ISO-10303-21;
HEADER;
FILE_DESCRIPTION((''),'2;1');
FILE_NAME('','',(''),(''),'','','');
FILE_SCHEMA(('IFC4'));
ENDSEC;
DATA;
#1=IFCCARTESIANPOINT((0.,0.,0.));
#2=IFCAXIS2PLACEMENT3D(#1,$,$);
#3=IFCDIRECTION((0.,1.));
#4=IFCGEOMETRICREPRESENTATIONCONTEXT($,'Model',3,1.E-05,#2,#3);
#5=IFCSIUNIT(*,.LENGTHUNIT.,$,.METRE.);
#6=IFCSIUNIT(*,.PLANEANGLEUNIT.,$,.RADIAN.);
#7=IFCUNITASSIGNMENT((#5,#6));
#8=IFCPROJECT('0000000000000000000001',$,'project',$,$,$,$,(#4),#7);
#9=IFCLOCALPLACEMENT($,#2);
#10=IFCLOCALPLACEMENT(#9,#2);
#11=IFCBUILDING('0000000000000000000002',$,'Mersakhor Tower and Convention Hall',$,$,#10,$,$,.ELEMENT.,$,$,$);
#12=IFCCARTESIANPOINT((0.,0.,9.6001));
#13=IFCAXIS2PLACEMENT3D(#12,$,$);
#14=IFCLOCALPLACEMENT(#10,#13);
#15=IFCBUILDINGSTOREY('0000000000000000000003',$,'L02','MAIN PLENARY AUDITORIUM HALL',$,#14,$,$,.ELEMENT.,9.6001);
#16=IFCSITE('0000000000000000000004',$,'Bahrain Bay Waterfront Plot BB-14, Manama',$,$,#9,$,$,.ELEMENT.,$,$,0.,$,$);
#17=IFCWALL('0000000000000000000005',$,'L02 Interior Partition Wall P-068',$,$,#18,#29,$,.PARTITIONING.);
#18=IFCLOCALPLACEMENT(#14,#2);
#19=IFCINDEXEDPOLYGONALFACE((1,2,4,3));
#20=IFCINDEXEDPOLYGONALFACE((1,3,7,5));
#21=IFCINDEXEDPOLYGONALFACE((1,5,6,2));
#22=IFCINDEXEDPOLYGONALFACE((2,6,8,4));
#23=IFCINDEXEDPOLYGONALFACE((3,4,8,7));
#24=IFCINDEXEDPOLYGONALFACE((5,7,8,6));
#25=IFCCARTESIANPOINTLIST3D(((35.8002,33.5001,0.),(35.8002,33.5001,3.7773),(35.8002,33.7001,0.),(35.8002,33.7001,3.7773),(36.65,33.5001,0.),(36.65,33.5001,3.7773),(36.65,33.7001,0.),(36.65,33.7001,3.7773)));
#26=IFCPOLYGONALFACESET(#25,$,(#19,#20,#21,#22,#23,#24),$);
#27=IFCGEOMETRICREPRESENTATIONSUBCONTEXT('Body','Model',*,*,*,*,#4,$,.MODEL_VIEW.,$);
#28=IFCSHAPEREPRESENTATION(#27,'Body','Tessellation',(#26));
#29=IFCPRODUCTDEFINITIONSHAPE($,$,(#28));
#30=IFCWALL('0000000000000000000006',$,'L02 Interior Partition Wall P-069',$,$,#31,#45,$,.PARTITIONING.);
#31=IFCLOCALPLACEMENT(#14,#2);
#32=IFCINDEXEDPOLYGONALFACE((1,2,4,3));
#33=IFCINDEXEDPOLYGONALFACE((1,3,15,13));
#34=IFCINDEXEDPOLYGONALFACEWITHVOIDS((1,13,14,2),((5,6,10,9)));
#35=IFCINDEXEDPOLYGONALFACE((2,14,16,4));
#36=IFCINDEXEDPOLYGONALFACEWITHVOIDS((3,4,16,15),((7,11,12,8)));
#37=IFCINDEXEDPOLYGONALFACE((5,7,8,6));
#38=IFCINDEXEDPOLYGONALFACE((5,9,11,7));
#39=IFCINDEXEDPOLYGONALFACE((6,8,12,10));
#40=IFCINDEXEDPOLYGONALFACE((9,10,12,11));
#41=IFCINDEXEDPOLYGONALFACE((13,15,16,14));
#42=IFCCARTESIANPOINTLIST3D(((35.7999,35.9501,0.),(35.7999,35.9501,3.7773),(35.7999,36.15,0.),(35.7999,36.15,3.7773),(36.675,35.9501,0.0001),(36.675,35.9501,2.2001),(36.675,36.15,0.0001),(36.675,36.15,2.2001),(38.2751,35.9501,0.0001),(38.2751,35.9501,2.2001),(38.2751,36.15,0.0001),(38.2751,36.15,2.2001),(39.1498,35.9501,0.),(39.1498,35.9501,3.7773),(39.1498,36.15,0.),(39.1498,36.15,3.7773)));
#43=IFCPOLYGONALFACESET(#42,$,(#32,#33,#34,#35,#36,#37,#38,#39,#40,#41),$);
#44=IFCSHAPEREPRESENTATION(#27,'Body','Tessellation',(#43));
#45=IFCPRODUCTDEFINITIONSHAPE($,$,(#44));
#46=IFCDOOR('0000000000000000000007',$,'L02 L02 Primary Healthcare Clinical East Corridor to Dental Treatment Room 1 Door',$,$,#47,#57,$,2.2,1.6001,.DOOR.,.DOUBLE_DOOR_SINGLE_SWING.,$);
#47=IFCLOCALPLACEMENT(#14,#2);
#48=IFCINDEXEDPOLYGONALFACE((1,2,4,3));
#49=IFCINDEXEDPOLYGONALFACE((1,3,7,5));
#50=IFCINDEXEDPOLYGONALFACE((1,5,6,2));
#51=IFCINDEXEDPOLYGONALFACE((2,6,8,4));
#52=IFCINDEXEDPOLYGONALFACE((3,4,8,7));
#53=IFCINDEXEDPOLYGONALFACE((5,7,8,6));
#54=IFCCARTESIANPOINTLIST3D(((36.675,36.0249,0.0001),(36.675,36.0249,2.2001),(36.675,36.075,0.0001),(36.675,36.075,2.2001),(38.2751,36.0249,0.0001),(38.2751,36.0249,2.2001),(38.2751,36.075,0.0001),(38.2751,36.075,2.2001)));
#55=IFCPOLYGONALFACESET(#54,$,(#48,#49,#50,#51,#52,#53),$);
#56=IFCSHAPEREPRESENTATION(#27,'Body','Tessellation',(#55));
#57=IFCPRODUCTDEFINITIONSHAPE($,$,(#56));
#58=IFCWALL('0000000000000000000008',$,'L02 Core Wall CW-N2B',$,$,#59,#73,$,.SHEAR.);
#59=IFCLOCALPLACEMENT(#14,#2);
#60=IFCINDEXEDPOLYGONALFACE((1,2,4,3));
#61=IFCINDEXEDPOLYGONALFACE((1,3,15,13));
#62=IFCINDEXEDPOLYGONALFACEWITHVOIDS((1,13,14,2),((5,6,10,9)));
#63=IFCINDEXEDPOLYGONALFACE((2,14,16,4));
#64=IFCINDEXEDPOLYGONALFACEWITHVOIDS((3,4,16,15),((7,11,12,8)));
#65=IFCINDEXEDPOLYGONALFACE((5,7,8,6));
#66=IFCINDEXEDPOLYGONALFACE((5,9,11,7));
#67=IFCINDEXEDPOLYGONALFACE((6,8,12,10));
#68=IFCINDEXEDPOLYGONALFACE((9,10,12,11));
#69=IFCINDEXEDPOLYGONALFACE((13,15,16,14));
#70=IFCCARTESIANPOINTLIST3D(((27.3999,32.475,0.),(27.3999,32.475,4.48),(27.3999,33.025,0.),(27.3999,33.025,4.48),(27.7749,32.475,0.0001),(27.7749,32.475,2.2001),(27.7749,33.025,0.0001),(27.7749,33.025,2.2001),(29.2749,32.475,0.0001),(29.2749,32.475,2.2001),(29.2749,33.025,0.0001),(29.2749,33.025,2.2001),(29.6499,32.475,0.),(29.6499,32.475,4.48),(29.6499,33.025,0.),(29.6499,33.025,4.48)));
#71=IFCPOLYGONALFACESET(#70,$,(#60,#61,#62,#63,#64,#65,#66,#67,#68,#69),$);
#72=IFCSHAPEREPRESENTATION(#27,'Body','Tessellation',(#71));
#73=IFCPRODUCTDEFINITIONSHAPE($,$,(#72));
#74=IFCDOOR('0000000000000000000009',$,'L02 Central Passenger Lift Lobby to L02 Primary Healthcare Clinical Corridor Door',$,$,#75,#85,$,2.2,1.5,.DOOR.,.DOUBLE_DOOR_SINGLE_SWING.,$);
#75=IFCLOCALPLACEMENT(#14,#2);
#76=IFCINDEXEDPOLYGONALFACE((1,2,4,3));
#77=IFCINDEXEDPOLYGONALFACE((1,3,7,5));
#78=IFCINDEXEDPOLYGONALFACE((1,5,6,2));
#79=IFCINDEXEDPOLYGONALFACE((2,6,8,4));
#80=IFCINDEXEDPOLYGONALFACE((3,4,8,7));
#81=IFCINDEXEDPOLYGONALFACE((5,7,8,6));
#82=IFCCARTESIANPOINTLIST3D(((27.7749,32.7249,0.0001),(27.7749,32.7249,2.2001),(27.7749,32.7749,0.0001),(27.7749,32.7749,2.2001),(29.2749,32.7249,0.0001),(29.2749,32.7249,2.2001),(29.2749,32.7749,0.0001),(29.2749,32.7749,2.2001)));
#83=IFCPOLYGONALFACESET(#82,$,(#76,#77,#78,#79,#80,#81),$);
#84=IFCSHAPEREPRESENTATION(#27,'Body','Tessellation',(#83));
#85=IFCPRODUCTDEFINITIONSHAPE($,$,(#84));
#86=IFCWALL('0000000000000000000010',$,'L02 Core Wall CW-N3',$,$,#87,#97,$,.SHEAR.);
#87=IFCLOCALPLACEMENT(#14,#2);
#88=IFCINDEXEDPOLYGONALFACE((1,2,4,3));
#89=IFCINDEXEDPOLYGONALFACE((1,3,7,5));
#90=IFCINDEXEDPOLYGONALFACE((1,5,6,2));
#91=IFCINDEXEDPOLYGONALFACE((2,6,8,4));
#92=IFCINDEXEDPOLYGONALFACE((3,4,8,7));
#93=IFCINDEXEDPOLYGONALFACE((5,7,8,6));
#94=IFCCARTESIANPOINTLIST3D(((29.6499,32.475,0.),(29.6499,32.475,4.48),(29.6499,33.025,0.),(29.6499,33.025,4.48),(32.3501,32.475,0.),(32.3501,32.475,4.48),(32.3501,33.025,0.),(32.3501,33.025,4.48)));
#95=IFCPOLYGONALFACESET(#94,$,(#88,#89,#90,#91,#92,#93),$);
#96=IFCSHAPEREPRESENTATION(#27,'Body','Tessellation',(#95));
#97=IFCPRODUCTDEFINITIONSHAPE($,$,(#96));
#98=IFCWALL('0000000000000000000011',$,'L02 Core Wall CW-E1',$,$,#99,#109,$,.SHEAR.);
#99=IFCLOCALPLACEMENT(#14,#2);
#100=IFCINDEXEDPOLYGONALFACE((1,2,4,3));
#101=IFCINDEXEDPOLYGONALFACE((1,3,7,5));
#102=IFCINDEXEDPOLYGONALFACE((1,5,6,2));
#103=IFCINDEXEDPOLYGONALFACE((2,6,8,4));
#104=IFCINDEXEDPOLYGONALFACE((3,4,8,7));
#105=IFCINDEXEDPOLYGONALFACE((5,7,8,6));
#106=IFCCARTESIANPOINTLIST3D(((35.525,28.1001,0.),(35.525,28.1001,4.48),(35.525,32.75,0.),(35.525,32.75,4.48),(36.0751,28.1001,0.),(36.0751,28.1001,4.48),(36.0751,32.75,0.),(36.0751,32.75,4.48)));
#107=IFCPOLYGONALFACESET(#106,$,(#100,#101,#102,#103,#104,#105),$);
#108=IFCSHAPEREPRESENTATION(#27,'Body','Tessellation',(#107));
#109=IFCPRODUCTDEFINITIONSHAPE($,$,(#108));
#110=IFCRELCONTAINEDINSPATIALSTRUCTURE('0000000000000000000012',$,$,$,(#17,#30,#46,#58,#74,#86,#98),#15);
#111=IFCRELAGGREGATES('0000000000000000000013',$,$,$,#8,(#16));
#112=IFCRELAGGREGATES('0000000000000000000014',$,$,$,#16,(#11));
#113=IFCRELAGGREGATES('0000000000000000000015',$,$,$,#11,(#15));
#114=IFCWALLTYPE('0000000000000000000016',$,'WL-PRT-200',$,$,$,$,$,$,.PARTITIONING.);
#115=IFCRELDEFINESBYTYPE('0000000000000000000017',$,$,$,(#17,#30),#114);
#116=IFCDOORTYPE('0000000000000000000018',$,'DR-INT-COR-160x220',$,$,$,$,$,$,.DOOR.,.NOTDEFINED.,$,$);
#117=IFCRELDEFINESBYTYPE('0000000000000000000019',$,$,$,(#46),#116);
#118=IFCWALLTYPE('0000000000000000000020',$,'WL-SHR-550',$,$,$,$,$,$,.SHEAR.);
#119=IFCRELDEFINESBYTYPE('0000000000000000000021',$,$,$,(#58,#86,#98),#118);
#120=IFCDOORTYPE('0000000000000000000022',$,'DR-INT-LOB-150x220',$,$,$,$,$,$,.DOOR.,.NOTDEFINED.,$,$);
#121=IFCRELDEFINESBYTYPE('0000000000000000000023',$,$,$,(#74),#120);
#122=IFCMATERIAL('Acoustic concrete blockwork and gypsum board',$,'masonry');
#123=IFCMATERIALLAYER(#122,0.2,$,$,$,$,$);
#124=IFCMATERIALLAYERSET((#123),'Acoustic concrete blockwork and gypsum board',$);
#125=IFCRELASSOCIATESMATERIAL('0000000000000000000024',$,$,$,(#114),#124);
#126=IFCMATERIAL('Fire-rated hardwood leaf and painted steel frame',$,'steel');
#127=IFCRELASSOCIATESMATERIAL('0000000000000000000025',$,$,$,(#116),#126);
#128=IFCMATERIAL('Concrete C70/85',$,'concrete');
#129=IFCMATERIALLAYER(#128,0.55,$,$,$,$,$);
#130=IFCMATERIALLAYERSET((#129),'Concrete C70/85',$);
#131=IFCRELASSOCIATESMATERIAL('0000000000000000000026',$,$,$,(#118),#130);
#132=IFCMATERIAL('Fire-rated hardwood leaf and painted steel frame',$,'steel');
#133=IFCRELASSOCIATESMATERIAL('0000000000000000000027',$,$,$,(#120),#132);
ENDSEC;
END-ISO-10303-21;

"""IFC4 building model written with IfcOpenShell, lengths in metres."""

from ifc_helpers import new_model, si_unit, direction, frame, frame_2d, origin, place, context, subcontext, project, spatial, rectangle, extrude, material, layer, layer_set, type_object, element, fill, save


model = new_model("IFC4")

# Units and contexts
model_context = context("Model", 3, precision=1e-05, world=origin(), true_north=direction((0.0, 1.0)))
body_context = subcontext(model_context, "Body", "Model", "MODEL_VIEW")
ifc_project = project(units=[si_unit("LENGTHUNIT", "METRE"), si_unit("PLANEANGLEUNIT", "RADIAN")], contexts=[model_context])

# Site, building, storey
site_placement = place(None, origin())
site = spatial("IfcSite", under=ifc_project, at=site_placement, Name="Bahrain Bay Waterfront Plot BB-14, Manama", CompositionType="ELEMENT", RefElevation=0.0)
building_placement = place(site_placement, origin())
building = spatial("IfcBuilding", under=site, at=building_placement, Name="Mersakhor Tower and Convention Hall", CompositionType="ELEMENT")
storey_placement = place(building_placement, frame((0.0, 0.0, 9.6001)))
storey = spatial("IfcBuildingStorey", under=building, at=storey_placement, Name="L02", Description="MAIN PLENARY AUDITORIUM HALL", CompositionType="ELEMENT", Elevation=9.6001)

# Shared definitions
ifc_material_1 = material(Name="Acoustic concrete blockwork and gypsum board", Category="masonry")
ifc_layer_1 = layer(ifc_material_1, 0.2)
ifc_layer_set_1 = layer_set([ifc_layer_1], Name="Acoustic concrete blockwork and gypsum board")
wall_type_1 = type_object("IfcWallType", Name="WL-PRT-200", PredefinedType="PARTITIONING", material=ifc_layer_set_1)
ifc_material_2 = material(Name="Fire-rated hardwood leaf and painted steel frame", Category="steel")
door_type_1 = type_object("IfcDoorType", Name="DR-INT-COR-160x220", OperationType="NOTDEFINED", PredefinedType="DOOR", material=ifc_material_2)

# Wall
wall_1_placement = place(storey_placement, frame((36.6499, 33.6001, 0.0), z_axis=(0.0, 0.0, 1.0), x_axis=(-1.0, 0.0, 0.0)))
element("IfcWall", 1, at=wall_1_placement, inside=storey, type_object=wall_type_1, Name="L02 Interior Partition Wall P-068", PredefinedType="PARTITIONING", context=body_context, shape_type="SweptSolid", body=[
    extrude(rectangle(XDim=0.8499, YDim=0.2, at=frame_2d((0.4248, 0.0))), origin(), (0.0, 0.0, 1.0), 3.7773),
])

# Walls, openings, doors
wall_2_placement = place(storey_placement, frame((35.8, 36.05, 0.0), z_axis=(0.0, 0.0, 1.0), x_axis=(1.0, 0.0, 0.0)))
wall_2 = element("IfcWall", 2, at=wall_2_placement, inside=storey, type_object=wall_type_1, Name="L02 Interior Partition Wall P-069", PredefinedType="PARTITIONING", context=body_context, shape_type="SweptSolid", body=[
    extrude(rectangle(XDim=3.3499, YDim=0.2, at=frame_2d((1.6748, 0.0))), origin(), (0.0, 0.0, 1.0), 3.7773),
])
opening_1_placement = place(wall_2_placement, frame((0.875, 0.0, 0.0)))
opening_1 = element("IfcOpeningElement", 3, at=opening_1_placement, cuts=wall_2, PredefinedType="OPENING", context=body_context, shape_type="SweptSolid", body=[
    extrude(rectangle(XDim=1.6001, YDim=2.2, at=frame_2d((0.8, 1.1001))), frame((0.0, 0.1099, 0.0), z_axis=(0.0, -1.0, 0.0), x_axis=(1.0, 0.0, 0.0)), (0.0, 0.0, 1.0), 0.22),
])
door_1_placement = place(opening_1_placement, origin())
door_1 = element("IfcDoor", 4, at=door_1_placement, inside=storey, type_object=door_type_1, Name="L02 L02 Primary Healthcare Clinical East Corridor to Dental Treatment Room 1 Door", OperationType="DOUBLE_DOOR_SINGLE_SWING", OverallHeight=2.2, OverallWidth=1.6001, PredefinedType="DOOR", context=body_context, shape_type="SweptSolid", body=[
    extrude(rectangle(XDim=1.6001, YDim=2.2, at=frame_2d((0.8, 1.1001))), frame((0.0, 0.0249, 0.0), z_axis=(0.0, -1.0, 0.0), x_axis=(1.0, 0.0, 0.0)), (0.0, 0.0, 1.0), 0.05),
])
fill(opening_1, door_1)
ifc_material_3 = material(Name="Concrete C70/85", Category="concrete")
ifc_layer_2 = layer(ifc_material_3, 0.55)
ifc_layer_set_2 = layer_set([ifc_layer_2], Name="Concrete C70/85")
wall_type_2 = type_object("IfcWallType", Name="WL-SHR-550", PredefinedType="SHEAR", material=ifc_layer_set_2)
wall_3_placement = place(storey_placement, frame((27.3999, 32.75, 0.0), z_axis=(0.0, 0.0, 1.0), x_axis=(1.0, 0.0, 0.0)))
wall_3 = element("IfcWall", 5, at=wall_3_placement, inside=storey, type_object=wall_type_2, Name="L02 Core Wall CW-N2B", PredefinedType="SHEAR", context=body_context, shape_type="SweptSolid", body=[
    extrude(rectangle(XDim=2.25, YDim=0.55, at=frame_2d((1.125, 0.0))), origin(), (0.0, 0.0, 1.0), 4.48),
])
opening_2_placement = place(wall_3_placement, frame((0.375, 0.0, 0.0)))
opening_2 = element("IfcOpeningElement", 6, at=opening_2_placement, cuts=wall_3, PredefinedType="OPENING", context=body_context, shape_type="SweptSolid", body=[
    extrude(rectangle(XDim=1.5, YDim=2.2, at=frame_2d((0.75, 1.1001))), frame((0.0, 0.2849, 0.0), z_axis=(0.0, -1.0, 0.0), x_axis=(1.0, 0.0, 0.0)), (0.0, 0.0, 1.0), 0.5701),
])
ifc_material_4 = material(Name="Fire-rated hardwood leaf and painted steel frame", Category="steel")
door_type_2 = type_object("IfcDoorType", Name="DR-INT-LOB-150x220", OperationType="NOTDEFINED", PredefinedType="DOOR", material=ifc_material_4)
door_2_placement = place(opening_2_placement, origin())
door_2 = element("IfcDoor", 7, at=door_2_placement, inside=storey, type_object=door_type_2, Name="L02 Central Passenger Lift Lobby to L02 Primary Healthcare Clinical Corridor Door", OperationType="DOUBLE_DOOR_SINGLE_SWING", OverallHeight=2.2, OverallWidth=1.5, PredefinedType="DOOR", context=body_context, shape_type="SweptSolid", body=[
    extrude(rectangle(XDim=1.5, YDim=2.2, at=frame_2d((0.75, 1.1001))), frame((0.0, 0.0249, 0.0), z_axis=(0.0, -1.0, 0.0), x_axis=(1.0, 0.0, 0.0)), (0.0, 0.0, 1.0), 0.05),
])
fill(opening_2, door_2)

# Wall
wall_4_placement = place(storey_placement, frame((29.6499, 32.75, 0.0), z_axis=(0.0, 0.0, 1.0), x_axis=(1.0, 0.0, 0.0)))
element("IfcWall", 8, at=wall_4_placement, inside=storey, type_object=wall_type_2, Name="L02 Core Wall CW-N3", PredefinedType="SHEAR", context=body_context, shape_type="SweptSolid", body=[
    extrude(rectangle(XDim=2.7002, YDim=0.55, at=frame_2d((1.3501, 0.0))), origin(), (0.0, 0.0, 1.0), 4.48),
])

# Wall
wall_5_placement = place(storey_placement, frame((35.8, 32.75, 0.0), z_axis=(0.0, 0.0, 1.0), x_axis=(0.0, -1.0, 0.0)))
element("IfcWall", 9, at=wall_5_placement, inside=storey, type_object=wall_type_2, Name="L02 Core Wall CW-E1", PredefinedType="SHEAR", context=body_context, shape_type="SweptSolid", body=[
    extrude(rectangle(XDim=4.6499, YDim=0.55, at=frame_2d((2.325, 0.0))), origin(), (0.0, 0.0, 1.0), 4.48),
])

save(model, "model.ifc")
